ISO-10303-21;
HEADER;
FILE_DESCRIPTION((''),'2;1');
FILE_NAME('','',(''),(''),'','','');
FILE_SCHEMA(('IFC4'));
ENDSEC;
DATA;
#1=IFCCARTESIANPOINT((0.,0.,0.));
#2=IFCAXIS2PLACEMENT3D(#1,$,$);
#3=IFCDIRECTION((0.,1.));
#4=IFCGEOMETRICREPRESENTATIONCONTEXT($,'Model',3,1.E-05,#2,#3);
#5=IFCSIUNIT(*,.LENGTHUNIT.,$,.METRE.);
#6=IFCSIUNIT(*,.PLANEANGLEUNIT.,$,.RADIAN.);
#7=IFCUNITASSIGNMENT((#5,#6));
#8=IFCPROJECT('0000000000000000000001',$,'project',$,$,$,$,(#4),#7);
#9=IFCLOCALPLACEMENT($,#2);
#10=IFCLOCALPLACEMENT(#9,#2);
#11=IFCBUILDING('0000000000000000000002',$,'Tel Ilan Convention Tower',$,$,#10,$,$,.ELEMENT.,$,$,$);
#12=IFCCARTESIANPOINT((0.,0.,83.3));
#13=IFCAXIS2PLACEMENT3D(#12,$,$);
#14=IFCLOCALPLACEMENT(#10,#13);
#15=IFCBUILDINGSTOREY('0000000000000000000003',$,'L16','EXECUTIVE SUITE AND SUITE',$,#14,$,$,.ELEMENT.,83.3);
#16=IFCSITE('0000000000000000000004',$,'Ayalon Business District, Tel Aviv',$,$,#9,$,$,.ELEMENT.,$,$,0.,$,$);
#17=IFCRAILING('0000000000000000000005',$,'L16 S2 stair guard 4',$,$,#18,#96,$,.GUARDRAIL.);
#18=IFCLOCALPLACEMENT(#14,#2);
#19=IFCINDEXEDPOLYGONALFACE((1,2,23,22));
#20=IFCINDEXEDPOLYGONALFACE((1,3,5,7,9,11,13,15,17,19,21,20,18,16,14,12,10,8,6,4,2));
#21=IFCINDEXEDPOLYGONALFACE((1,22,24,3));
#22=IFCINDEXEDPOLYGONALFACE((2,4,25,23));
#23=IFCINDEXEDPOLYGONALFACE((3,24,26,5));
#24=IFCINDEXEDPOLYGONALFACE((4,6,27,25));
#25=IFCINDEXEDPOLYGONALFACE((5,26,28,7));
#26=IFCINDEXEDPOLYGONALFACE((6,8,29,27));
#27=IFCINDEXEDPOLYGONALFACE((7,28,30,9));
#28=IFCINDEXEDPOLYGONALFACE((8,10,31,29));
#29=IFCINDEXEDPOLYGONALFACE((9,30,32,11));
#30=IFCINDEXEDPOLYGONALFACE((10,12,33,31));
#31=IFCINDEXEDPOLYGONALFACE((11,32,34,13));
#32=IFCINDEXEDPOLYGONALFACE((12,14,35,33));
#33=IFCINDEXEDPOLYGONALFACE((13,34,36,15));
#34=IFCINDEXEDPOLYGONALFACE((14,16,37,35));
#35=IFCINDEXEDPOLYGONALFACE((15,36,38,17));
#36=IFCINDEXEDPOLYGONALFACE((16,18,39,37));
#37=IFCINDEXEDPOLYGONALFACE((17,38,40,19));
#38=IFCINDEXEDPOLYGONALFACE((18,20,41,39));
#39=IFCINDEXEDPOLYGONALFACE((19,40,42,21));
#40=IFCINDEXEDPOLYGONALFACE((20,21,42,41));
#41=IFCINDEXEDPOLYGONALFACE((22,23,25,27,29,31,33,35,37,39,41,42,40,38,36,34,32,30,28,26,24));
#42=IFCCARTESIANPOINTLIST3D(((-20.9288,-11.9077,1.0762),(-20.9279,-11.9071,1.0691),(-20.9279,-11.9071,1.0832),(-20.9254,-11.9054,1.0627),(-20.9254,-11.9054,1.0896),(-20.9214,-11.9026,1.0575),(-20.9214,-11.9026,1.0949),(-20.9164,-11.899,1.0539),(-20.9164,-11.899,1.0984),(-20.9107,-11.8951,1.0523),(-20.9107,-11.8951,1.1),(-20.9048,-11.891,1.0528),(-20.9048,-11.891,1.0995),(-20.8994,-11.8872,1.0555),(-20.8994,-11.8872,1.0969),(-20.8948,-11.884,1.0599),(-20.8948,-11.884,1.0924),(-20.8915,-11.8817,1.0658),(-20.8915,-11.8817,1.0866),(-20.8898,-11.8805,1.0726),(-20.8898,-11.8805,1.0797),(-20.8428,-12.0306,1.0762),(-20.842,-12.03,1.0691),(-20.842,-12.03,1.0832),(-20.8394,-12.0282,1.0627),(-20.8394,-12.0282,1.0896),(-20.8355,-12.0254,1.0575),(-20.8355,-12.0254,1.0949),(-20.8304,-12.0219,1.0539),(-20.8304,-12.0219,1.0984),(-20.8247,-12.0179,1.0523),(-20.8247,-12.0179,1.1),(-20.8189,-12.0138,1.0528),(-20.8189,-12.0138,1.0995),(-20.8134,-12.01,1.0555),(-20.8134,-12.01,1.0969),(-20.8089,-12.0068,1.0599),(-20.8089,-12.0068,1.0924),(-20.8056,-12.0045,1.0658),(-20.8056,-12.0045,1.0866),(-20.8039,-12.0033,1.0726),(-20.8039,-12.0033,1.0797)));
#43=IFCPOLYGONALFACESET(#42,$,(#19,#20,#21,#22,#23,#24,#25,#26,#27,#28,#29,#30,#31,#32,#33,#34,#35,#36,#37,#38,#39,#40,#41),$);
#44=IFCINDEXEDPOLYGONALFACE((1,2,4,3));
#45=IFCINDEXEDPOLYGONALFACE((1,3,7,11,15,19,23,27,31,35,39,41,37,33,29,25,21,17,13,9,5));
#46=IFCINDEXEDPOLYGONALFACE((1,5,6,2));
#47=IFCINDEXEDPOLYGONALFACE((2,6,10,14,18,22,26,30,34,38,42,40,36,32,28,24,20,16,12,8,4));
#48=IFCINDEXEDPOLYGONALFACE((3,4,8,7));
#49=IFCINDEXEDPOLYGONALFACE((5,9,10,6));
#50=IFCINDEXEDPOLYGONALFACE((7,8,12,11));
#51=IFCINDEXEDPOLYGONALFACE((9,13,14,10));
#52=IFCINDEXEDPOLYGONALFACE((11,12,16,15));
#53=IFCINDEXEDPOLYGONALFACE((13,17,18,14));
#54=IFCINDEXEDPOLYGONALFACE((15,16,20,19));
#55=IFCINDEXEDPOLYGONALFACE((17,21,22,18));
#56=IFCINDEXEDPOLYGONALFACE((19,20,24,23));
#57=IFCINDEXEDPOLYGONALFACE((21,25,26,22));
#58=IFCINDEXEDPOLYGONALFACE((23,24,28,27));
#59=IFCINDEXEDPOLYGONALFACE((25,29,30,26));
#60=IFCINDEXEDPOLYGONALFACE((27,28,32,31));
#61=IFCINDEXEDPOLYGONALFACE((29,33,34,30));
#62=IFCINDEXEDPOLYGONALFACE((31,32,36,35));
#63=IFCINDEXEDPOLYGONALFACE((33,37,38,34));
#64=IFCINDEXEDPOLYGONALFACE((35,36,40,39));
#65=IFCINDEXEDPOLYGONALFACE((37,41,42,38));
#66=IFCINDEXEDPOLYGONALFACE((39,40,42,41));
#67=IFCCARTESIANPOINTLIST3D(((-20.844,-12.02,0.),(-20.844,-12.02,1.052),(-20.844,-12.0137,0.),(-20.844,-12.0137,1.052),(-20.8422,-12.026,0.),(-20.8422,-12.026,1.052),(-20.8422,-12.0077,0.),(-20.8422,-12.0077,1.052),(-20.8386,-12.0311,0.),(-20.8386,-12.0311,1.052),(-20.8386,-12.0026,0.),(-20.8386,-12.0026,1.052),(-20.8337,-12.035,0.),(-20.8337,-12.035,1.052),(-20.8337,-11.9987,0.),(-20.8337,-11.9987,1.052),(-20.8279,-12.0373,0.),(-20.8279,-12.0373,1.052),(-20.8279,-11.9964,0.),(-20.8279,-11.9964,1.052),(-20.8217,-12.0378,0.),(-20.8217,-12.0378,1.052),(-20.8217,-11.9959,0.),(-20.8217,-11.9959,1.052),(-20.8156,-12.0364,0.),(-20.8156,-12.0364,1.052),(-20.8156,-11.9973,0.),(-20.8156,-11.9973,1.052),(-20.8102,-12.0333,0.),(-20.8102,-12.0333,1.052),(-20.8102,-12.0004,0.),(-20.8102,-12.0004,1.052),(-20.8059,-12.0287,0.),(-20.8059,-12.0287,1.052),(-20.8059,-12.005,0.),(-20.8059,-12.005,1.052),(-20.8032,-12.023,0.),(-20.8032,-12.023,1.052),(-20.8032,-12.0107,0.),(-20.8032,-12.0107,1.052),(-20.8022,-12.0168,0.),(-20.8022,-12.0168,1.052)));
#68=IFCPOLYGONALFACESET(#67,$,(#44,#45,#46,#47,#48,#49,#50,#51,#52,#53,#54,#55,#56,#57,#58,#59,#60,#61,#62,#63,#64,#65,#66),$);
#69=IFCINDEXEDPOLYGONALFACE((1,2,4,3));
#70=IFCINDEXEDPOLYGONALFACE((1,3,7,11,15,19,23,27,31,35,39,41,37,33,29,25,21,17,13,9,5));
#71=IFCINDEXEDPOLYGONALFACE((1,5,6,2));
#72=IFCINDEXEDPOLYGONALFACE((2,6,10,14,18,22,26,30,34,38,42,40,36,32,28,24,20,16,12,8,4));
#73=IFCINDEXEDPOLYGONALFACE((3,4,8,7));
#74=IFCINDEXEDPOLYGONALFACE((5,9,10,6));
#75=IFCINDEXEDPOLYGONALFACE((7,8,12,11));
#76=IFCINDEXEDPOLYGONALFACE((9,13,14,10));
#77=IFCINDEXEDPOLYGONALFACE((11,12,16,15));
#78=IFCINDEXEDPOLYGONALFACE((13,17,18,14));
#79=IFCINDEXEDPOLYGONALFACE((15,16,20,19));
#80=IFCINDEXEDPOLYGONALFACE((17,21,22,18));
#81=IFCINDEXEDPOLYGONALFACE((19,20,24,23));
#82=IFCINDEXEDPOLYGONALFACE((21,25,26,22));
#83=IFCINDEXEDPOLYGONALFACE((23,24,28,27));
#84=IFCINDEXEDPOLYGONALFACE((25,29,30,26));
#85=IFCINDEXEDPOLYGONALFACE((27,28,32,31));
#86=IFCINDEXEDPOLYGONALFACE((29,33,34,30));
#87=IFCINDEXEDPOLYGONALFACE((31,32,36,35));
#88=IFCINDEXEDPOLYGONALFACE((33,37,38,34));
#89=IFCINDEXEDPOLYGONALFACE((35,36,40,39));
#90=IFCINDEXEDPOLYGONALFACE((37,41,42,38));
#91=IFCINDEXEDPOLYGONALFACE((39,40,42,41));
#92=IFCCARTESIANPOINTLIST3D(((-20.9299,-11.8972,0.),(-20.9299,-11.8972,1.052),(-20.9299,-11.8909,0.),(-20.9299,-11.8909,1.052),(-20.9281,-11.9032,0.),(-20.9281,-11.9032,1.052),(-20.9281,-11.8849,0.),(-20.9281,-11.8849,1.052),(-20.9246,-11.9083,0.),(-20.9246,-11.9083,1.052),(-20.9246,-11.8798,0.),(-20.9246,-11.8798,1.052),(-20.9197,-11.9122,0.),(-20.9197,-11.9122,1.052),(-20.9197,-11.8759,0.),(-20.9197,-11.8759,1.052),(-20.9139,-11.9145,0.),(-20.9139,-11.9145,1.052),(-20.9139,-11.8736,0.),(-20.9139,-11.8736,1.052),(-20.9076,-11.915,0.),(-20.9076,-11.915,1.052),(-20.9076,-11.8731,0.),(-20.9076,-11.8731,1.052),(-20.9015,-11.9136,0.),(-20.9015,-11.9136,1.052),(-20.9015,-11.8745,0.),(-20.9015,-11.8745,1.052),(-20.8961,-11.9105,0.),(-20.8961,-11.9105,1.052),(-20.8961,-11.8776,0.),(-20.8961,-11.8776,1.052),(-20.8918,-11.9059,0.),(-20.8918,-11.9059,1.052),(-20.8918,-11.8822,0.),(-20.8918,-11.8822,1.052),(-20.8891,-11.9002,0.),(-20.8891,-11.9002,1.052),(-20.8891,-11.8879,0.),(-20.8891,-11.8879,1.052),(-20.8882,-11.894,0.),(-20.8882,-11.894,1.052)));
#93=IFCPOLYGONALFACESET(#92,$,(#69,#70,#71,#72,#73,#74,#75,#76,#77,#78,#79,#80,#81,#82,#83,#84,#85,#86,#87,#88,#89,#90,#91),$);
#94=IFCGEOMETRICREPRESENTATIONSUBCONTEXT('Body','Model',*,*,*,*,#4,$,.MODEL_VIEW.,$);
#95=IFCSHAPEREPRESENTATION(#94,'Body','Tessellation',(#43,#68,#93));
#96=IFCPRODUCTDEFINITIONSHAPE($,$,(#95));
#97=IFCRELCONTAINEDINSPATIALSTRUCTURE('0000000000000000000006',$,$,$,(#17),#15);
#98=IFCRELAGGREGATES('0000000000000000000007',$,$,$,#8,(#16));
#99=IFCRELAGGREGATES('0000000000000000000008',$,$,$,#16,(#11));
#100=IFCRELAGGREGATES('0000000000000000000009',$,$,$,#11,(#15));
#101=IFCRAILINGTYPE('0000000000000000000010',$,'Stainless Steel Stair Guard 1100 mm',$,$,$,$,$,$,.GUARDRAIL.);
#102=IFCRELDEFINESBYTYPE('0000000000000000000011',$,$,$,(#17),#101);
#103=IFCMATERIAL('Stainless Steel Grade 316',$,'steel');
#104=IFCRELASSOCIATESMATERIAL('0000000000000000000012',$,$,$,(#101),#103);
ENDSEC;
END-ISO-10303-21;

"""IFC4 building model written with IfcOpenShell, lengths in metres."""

from ifc_helpers import new_model, si_unit, direction, frame, origin, origin_2d, place, context, subcontext, project, spatial, circle, extrude, material, type_object, element, save


model = new_model("IFC4")

# Units and contexts
model_context = context("Model", 3, precision=1e-05, world=origin(), true_north=direction((0.0, 1.0)))
body_context = subcontext(model_context, "Body", "Model", "MODEL_VIEW")
ifc_project = project(units=[si_unit("LENGTHUNIT", "METRE"), si_unit("PLANEANGLEUNIT", "RADIAN")], contexts=[model_context])

# Site, building, storey
site_placement = place(None, origin())
site = spatial("IfcSite", under=ifc_project, at=site_placement, Name="Ayalon Business District, Tel Aviv", CompositionType="ELEMENT", RefElevation=0.0)
building_placement = place(site_placement, origin())
building = spatial("IfcBuilding", under=site, at=building_placement, Name="Tel Ilan Convention Tower", CompositionType="ELEMENT")
storey_placement = place(building_placement, frame((0.0, 0.0, 83.3)))
storey = spatial("IfcBuildingStorey", under=building, at=storey_placement, Name="L16", Description="EXECUTIVE SUITE AND SUITE", CompositionType="ELEMENT", Elevation=83.3)

# Railing
ifc_material_1 = material(Name="Stainless Steel Grade 316", Category="steel")
railing_type_1 = type_object("IfcRailingType", Name="Stainless Steel Stair Guard 1100 mm", PredefinedType="GUARDRAIL", material=ifc_material_1)
railing_1_placement = place(storey_placement, frame((-20.8232, -12.0168, 0.0)))
element("IfcRailing", 1, at=railing_1_placement, inside=storey, type_object=railing_type_1, Name="L16 S2 stair guard 4", PredefinedType="GUARDRAIL", context=body_context, shape_type="SweptSolid", body=[
    extrude(circle(Radius=0.0239, at=origin_2d()), frame((0.0, 0.0, 1.0762), z_axis=(-0.573353, 0.819308, 0.0), x_axis=(-0.819308, -0.573353, 0.0)), (0.0, 0.0, 1.0), 0.1499),
    extrude(circle(Radius=0.021, at=origin_2d()), origin(), (0.0, 0.0, 1.0), 1.052),
    extrude(circle(Radius=0.021, at=origin_2d()), frame((-0.0859, 0.1228, 0.0)), (0.0, 0.0, 1.0), 1.052),
])

save(model, "model.ifc")
